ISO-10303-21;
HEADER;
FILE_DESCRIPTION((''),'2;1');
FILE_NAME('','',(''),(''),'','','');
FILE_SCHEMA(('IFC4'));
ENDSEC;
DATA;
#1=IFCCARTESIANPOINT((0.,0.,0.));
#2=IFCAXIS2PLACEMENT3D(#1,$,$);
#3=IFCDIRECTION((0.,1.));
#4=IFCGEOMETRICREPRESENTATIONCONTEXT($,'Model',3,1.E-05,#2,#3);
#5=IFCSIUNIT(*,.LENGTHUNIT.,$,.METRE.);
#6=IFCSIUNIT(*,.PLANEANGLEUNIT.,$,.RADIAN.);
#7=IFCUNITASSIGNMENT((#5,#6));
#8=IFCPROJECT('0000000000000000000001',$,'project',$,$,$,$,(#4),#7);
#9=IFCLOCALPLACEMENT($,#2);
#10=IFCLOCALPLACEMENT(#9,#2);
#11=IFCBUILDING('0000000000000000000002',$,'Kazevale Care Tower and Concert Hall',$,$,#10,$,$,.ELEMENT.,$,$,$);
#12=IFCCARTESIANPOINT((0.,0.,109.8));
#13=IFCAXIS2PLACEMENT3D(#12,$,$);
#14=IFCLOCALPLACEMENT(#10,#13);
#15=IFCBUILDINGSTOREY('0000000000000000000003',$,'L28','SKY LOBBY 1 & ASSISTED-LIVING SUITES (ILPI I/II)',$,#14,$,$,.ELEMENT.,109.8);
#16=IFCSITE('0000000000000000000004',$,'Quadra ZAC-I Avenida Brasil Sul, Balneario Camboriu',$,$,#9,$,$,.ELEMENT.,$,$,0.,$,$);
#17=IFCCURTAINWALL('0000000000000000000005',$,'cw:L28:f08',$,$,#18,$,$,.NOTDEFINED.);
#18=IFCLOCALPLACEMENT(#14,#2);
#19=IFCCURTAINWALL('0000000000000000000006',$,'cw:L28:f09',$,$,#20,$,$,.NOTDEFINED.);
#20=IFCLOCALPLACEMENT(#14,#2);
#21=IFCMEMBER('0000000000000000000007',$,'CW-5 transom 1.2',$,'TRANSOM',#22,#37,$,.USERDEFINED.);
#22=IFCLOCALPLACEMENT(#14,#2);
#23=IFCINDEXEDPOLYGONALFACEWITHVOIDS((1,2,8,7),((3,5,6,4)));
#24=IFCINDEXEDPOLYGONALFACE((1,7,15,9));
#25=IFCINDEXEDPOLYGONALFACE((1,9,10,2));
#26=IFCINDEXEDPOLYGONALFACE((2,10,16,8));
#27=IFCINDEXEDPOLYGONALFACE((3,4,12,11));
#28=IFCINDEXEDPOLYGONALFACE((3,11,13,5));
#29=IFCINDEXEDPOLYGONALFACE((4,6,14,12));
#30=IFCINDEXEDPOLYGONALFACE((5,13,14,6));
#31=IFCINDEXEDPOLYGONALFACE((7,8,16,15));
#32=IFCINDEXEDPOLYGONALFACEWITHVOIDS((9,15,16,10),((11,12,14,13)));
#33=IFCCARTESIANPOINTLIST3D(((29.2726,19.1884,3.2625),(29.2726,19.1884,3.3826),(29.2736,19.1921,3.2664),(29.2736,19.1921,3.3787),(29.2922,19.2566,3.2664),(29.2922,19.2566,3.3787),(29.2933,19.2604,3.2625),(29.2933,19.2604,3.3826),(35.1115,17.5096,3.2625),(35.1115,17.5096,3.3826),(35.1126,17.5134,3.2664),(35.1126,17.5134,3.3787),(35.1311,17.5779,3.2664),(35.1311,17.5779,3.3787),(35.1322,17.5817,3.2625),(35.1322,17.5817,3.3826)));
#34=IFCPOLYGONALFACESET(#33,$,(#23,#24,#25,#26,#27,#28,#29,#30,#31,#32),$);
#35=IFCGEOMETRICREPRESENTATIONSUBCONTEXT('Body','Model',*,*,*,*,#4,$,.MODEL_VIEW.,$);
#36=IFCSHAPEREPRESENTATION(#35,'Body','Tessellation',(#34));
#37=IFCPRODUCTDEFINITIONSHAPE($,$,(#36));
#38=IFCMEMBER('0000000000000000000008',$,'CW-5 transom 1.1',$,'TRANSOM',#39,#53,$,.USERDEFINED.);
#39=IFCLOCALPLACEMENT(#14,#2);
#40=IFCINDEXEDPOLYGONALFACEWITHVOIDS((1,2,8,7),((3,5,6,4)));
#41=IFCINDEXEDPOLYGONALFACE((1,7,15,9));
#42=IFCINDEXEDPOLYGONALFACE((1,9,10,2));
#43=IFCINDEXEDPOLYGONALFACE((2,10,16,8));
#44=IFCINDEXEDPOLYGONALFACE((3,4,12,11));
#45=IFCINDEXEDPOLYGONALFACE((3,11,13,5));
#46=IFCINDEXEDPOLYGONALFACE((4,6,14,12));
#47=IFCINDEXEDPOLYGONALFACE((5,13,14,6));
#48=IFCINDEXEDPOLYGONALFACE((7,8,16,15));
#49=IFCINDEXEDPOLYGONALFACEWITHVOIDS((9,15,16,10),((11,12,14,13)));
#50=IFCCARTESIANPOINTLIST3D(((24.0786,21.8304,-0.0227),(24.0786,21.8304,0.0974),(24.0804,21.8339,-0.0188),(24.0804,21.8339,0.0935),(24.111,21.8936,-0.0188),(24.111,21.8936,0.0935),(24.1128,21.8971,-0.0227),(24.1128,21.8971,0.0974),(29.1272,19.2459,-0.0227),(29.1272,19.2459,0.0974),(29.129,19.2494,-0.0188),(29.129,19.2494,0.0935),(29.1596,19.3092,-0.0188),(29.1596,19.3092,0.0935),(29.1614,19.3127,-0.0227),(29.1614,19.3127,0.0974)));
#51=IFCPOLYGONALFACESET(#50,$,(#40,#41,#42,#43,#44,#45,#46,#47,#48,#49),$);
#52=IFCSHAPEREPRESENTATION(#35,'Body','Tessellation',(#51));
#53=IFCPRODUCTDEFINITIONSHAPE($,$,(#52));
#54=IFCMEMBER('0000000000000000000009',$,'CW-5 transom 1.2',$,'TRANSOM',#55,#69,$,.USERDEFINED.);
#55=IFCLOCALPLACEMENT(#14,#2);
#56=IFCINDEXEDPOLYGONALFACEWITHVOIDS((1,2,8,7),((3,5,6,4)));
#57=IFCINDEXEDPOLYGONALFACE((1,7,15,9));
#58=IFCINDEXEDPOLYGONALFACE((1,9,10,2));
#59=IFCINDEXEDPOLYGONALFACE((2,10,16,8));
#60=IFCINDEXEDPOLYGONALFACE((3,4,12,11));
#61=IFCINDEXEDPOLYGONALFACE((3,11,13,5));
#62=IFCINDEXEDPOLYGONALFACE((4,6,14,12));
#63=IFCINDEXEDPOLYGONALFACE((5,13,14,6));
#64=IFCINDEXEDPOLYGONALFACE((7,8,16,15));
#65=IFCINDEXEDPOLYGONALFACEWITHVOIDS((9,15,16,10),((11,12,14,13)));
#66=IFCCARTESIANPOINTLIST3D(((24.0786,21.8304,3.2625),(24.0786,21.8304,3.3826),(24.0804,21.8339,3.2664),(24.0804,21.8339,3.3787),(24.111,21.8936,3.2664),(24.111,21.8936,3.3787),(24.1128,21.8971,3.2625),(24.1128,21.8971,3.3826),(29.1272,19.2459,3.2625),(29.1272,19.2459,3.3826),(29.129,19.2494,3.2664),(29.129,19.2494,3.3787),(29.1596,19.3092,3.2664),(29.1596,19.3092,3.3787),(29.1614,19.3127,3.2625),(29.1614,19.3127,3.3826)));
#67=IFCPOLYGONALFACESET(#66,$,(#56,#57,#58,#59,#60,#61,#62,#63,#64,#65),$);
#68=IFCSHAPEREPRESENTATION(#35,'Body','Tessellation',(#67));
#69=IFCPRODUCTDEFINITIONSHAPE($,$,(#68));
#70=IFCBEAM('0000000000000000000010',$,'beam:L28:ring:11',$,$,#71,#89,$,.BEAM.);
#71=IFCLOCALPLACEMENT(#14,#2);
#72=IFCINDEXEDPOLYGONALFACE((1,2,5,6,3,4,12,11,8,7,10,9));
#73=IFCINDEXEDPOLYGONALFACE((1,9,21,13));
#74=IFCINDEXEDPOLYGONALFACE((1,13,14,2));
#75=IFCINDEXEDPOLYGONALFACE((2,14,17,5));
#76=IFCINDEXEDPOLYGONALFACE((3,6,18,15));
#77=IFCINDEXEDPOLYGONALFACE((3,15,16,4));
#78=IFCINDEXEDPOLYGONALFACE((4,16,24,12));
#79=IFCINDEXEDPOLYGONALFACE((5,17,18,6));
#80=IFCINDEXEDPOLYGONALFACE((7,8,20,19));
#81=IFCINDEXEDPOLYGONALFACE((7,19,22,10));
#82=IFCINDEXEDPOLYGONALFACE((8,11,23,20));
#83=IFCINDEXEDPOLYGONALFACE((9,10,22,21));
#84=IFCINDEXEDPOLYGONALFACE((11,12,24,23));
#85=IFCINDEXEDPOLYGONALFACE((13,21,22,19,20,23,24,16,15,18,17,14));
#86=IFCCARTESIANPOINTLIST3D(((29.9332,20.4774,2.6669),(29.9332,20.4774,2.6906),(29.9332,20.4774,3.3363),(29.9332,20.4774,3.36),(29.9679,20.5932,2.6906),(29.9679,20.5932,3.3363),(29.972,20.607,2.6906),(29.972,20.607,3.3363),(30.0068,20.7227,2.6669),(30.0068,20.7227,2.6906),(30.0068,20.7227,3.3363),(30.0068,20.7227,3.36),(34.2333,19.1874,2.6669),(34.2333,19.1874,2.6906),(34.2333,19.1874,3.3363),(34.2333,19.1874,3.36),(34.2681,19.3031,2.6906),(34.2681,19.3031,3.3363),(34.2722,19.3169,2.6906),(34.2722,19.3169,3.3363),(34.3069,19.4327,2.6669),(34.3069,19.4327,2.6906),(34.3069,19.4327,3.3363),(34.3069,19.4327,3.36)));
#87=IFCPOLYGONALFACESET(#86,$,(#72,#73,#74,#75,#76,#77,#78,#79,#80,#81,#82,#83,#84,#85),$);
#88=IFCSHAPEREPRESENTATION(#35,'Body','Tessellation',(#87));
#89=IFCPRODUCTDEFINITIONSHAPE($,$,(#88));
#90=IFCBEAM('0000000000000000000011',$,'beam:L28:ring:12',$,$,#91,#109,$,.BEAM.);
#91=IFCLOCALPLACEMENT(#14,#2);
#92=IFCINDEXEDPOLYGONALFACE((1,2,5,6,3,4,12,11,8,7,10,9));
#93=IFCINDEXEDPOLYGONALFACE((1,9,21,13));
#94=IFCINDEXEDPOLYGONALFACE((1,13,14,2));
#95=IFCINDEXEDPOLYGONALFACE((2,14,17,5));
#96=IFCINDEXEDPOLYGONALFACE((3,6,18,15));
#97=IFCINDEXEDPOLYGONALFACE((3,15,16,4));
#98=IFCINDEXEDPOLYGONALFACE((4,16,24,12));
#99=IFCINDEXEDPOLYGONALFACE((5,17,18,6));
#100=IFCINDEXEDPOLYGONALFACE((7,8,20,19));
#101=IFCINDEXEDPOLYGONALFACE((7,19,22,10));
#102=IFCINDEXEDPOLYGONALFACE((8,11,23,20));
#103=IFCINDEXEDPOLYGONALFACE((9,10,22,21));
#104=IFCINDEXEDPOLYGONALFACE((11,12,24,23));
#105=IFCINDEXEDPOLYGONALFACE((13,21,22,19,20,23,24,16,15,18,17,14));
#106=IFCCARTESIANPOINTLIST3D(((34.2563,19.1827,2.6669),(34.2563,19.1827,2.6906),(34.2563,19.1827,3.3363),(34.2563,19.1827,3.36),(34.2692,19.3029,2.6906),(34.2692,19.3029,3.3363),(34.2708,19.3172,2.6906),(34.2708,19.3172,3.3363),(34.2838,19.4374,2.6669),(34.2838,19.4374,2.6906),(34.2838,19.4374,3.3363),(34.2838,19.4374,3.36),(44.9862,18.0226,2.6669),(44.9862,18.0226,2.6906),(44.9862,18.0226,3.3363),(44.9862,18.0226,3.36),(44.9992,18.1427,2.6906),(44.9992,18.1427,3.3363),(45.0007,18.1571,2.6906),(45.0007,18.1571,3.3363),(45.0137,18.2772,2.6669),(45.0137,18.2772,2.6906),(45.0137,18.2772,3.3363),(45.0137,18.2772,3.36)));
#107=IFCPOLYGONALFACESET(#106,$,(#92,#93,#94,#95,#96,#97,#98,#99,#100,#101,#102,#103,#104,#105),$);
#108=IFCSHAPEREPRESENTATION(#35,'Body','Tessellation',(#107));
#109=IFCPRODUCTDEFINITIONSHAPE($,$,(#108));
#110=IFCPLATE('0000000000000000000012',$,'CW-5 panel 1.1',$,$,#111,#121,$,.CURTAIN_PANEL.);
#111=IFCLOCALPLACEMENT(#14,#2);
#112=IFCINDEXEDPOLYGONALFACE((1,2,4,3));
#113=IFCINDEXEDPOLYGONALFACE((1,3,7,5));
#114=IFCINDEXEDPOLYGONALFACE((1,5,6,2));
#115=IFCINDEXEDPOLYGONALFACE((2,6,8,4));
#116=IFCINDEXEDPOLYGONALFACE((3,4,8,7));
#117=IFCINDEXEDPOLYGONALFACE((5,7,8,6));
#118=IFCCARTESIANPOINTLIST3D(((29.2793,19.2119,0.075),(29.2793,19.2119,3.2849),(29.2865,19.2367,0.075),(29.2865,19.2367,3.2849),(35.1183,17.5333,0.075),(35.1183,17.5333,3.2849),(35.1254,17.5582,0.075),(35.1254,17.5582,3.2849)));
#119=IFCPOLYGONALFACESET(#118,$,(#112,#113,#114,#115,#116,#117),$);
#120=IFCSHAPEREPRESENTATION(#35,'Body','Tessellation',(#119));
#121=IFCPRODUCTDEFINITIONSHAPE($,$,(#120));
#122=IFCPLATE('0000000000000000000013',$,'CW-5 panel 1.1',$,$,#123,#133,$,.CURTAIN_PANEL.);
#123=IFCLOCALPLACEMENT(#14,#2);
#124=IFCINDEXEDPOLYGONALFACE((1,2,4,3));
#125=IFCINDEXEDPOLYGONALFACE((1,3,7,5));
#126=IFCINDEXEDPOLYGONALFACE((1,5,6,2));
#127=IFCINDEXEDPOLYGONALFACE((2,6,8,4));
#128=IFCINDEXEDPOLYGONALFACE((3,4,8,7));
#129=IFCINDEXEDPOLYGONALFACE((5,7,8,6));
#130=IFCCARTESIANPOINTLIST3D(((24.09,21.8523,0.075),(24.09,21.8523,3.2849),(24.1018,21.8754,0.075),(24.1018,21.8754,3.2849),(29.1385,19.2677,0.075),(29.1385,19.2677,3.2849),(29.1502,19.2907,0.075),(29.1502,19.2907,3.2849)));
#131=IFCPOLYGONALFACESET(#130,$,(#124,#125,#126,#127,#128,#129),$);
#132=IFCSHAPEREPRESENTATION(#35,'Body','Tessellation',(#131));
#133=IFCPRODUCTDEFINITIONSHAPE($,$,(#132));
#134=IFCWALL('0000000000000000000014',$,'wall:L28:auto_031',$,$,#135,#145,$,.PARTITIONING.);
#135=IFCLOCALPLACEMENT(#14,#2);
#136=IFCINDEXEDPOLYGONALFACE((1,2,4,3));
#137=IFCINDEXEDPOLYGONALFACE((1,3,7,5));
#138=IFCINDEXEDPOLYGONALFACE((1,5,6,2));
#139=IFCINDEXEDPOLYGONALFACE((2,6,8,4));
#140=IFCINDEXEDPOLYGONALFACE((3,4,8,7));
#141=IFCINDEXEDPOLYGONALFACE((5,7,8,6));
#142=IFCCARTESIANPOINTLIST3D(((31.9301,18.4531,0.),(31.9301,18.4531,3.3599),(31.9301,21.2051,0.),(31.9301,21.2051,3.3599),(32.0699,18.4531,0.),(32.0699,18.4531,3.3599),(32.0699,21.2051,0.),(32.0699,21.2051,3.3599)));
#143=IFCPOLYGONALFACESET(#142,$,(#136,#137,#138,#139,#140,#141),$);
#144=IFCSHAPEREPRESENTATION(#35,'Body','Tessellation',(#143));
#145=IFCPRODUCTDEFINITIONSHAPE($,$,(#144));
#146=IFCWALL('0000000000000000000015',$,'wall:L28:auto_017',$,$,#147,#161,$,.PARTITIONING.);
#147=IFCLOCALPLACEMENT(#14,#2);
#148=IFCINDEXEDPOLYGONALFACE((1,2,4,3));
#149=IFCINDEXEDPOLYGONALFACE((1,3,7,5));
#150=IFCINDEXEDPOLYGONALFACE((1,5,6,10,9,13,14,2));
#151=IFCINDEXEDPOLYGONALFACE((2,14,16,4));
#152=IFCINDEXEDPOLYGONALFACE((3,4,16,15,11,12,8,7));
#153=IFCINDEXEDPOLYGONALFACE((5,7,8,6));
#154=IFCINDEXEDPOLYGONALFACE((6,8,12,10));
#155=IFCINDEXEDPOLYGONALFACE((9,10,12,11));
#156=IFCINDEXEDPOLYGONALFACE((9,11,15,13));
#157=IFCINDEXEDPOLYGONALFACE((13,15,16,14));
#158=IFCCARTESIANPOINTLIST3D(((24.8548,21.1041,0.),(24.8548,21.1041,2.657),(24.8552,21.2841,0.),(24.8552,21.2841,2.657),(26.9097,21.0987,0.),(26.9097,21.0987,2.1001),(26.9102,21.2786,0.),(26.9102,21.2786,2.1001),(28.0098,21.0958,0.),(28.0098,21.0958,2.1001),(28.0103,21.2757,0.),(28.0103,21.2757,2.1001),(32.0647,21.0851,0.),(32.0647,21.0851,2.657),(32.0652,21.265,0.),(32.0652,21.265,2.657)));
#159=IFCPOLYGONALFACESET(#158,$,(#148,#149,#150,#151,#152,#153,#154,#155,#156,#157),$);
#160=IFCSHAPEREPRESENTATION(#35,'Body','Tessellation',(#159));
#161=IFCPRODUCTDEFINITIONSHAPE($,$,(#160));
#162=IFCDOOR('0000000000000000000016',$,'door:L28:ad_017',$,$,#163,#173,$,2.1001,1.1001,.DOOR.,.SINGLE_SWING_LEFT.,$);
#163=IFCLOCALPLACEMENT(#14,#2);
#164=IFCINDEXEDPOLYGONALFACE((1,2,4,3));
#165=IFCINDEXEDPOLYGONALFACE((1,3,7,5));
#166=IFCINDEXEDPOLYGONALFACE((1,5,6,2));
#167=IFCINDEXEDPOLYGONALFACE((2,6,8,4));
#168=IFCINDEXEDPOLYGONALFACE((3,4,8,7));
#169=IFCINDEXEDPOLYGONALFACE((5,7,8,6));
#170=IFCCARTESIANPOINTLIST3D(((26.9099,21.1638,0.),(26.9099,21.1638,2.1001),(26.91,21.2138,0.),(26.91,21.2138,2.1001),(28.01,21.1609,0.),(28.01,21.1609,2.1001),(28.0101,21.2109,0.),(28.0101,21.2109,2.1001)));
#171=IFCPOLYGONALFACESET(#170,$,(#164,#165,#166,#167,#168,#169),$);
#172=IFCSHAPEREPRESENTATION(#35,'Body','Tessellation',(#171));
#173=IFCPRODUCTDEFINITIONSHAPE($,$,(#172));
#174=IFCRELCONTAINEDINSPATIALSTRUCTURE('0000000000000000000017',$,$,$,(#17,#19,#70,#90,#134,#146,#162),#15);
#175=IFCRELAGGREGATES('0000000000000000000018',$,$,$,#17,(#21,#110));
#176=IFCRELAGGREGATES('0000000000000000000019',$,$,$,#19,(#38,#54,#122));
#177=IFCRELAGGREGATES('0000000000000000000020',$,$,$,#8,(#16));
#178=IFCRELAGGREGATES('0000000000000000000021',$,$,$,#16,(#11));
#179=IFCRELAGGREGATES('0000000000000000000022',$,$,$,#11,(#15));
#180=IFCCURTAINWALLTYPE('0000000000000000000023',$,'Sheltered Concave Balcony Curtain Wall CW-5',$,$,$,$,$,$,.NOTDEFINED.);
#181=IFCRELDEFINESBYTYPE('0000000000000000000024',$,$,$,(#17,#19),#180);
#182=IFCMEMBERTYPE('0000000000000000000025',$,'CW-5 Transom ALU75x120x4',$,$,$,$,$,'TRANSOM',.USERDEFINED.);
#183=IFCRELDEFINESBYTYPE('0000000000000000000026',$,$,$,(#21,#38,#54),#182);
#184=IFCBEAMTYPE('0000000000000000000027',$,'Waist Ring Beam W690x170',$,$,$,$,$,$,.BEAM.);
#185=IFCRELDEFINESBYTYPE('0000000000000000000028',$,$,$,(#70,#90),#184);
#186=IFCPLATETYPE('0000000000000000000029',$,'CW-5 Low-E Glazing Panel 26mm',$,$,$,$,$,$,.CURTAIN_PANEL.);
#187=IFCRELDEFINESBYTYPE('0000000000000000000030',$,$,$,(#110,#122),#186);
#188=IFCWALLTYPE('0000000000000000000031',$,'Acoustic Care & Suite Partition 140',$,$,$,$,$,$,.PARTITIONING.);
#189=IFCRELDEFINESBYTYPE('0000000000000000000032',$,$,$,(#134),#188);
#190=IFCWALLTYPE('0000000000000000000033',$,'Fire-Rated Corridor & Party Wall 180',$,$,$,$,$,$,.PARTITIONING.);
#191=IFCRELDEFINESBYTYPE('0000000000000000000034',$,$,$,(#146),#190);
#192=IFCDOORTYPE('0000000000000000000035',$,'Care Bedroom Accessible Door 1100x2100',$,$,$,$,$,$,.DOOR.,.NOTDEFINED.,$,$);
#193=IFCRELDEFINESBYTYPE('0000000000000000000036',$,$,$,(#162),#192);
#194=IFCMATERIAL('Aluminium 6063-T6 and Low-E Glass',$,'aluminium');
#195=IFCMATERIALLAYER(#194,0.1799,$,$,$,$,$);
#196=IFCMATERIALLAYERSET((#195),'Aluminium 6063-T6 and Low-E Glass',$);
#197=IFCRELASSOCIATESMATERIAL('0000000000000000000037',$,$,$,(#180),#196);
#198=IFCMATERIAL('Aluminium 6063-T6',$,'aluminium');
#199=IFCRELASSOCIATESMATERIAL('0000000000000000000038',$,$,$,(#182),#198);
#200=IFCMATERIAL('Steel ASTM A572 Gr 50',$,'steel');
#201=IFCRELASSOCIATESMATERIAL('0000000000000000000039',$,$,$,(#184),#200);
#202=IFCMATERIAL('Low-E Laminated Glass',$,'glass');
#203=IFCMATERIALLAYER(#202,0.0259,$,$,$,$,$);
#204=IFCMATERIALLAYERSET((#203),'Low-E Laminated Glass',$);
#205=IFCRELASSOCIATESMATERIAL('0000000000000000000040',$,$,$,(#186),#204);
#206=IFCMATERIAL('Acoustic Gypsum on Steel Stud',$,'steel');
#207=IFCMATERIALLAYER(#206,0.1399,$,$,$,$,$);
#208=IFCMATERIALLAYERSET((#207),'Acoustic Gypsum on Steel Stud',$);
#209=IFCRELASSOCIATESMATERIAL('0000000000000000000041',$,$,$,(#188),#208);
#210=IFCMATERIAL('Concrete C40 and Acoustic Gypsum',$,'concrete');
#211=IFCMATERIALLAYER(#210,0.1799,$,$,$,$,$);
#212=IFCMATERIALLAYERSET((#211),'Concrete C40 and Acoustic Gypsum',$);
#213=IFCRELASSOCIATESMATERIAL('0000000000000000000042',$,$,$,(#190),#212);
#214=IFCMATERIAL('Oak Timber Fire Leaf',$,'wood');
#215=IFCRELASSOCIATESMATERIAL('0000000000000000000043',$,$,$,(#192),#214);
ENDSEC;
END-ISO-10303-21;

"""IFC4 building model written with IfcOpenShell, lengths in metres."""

from ifc_helpers import new_model, si_unit, direction, frame, frame_2d, origin, origin_2d, place, context, subcontext, project, spatial, rectangle, hollow_rectangle, i_section, extrude, material, layer, layer_set, material_profile, profile_set, type_object, element, fill, aggregate, save


model = new_model("IFC4")

# Units and contexts
model_context = context("Model", 3, precision=1e-05, world=origin(), true_north=direction((0.0, 1.0)))
body_context = subcontext(model_context, "Body", "Model", "MODEL_VIEW")
ifc_project = project(units=[si_unit("LENGTHUNIT", "METRE"), si_unit("PLANEANGLEUNIT", "RADIAN")], contexts=[model_context])

# Site, building, storey
site_placement = place(None, origin())
site = spatial("IfcSite", under=ifc_project, at=site_placement, Name="Quadra ZAC-I Avenida Brasil Sul, Balneario Camboriu", CompositionType="ELEMENT", RefElevation=0.0)
building_placement = place(site_placement, origin())
building = spatial("IfcBuilding", under=site, at=building_placement, Name="Kazevale Care Tower and Concert Hall", CompositionType="ELEMENT")
storey_placement = place(building_placement, frame((0.0, 0.0, 109.8)))
storey = spatial("IfcBuildingStorey", under=building, at=storey_placement, Name="L28", Description="SKY LOBBY 1 & ASSISTED-LIVING SUITES (ILPI I/II)", CompositionType="ELEMENT", Elevation=109.8)

# Shared definitions
ifc_material_1 = material(Name="Aluminium 6063-T6 and Low-E Glass", Category="aluminium")
ifc_layer_1 = layer(ifc_material_1, 0.1799)
ifc_layer_set_1 = layer_set([ifc_layer_1], Name="Aluminium 6063-T6 and Low-E Glass")
curtain_wall_type = type_object("IfcCurtainWallType", Name="Sheltered Concave Balcony Curtain Wall CW-5", PredefinedType="NOTDEFINED", material=ifc_layer_set_1)
ifc_material_2 = material(Name="Aluminium 6063-T6", Category="aluminium")

# Curtain wall
curtain_wall_1_placement = place(storey_placement, origin())
curtain_wall_1 = element("IfcCurtainWall", 1, at=curtain_wall_1_placement, inside=storey, type_object=curtain_wall_type, Name="cw:L28:f08", PredefinedType="NOTDEFINED")

# Curtain wall
curtain_wall_2_placement = place(storey_placement, origin())
curtain_wall_2 = element("IfcCurtainWall", 2, at=curtain_wall_2_placement, inside=storey, type_object=curtain_wall_type, Name="cw:L28:f09", PredefinedType="NOTDEFINED")

# Members
ifc_material_profile_1 = material_profile(ifc_material_2, hollow_rectangle(XDim=0.075, YDim=0.1201, WallThickness=0.0039, at=origin_2d()), Name="ALU75x120x4")
ifc_profile_set_1 = profile_set([ifc_material_profile_1], Name="Aluminium 6063-T6")
member_type_1 = type_object("IfcMemberType", Name="CW-5 Transom ALU75x120x4", ElementType="TRANSOM", PredefinedType="USERDEFINED", material=ifc_profile_set_1)
member_1_placement = place(storey_placement, frame((35.1218, 17.5457, 3.3225), z_axis=(-0.961068, 0.276313, 0.0), x_axis=(-0.276313, -0.961068, 0.0)))
member_1 = element("IfcMember", 3, at=member_1_placement, type_object=member_type_1, Name="CW-5 transom 1.2", ObjectType="TRANSOM", PredefinedType="USERDEFINED", context=body_context, shape_type="SweptSolid", body=[
    extrude(hollow_rectangle(XDim=0.075, YDim=0.1201, WallThickness=0.0039, at=origin_2d()), origin(), (0.0, 0.0, 1.0), 6.0754),
])
member_2_placement = place(storey_placement, frame((29.1443, 19.2793, 0.0374), z_axis=(-0.890143, 0.455682, 0.0), x_axis=(-0.455682, -0.890143, 0.0)))
member_2 = element("IfcMember", 4, at=member_2_placement, type_object=member_type_1, Name="CW-5 transom 1.1", ObjectType="TRANSOM", PredefinedType="USERDEFINED", context=body_context, shape_type="SweptSolid", body=[
    extrude(hollow_rectangle(XDim=0.075, YDim=0.1201, WallThickness=0.0039, at=origin_2d()), origin(), (0.0, 0.0, 1.0), 5.6716),
])
member_3_placement = place(storey_placement, frame((29.1443, 19.2793, 3.3225), z_axis=(-0.890143, 0.455682, 0.0), x_axis=(-0.455682, -0.890143, 0.0)))
member_3 = element("IfcMember", 5, at=member_3_placement, type_object=member_type_1, Name="CW-5 transom 1.2", ObjectType="TRANSOM", PredefinedType="USERDEFINED", context=body_context, shape_type="SweptSolid", body=[
    extrude(hollow_rectangle(XDim=0.075, YDim=0.1201, WallThickness=0.0039, at=origin_2d()), origin(), (0.0, 0.0, 1.0), 5.6716),
])

# Beams
ifc_material_3 = material(Name="Steel ASTM A572 Gr 50", Category="steel")
ifc_material_profile_2 = material_profile(ifc_material_3, i_section(OverallWidth=0.2561, OverallDepth=0.6931, WebThickness=0.0144, FlangeThickness=0.0237, at=origin_2d()), Name="W690x170")
ifc_profile_set_2 = profile_set([ifc_material_profile_2], Name="Steel ASTM A572 Gr 50")
beam_type = type_object("IfcBeamType", Name="Waist Ring Beam W690x170", PredefinedType="BEAM", material=ifc_profile_set_2)
beam_1_placement = place(storey_placement, frame((29.97, 20.6001, 3.0134), z_axis=(0.957825, -0.287353, 0.0), x_axis=(0.287353, 0.957825, 0.0)))
element("IfcBeam", 6, at=beam_1_placement, inside=storey, type_object=beam_type, Name="beam:L28:ring:11", PredefinedType="BEAM", context=body_context, shape_type="SweptSolid", body=[
    extrude(i_section(OverallWidth=0.2561, OverallDepth=0.6931, WebThickness=0.0144, FlangeThickness=0.0237, at=origin_2d()), origin(), (0.0, 0.0, 1.0), 4.4895),
])
beam_2_placement = place(storey_placement, frame((34.27, 19.3101, 3.0134), z_axis=(0.994205, -0.107496, 0.0), x_axis=(0.107496, 0.994205, 0.0)))
element("IfcBeam", 7, at=beam_2_placement, inside=storey, type_object=beam_type, Name="beam:L28:ring:12", PredefinedType="BEAM", context=body_context, shape_type="SweptSolid", body=[
    extrude(i_section(OverallWidth=0.2561, OverallDepth=0.6931, WebThickness=0.0144, FlangeThickness=0.0237, at=origin_2d()), origin(), (0.0, 0.0, 1.0), 10.7925),
])

# Plates
ifc_material_4 = material(Name="Low-E Laminated Glass", Category="glass")
ifc_layer_2 = layer(ifc_material_4, 0.0259)
ifc_layer_set_2 = layer_set([ifc_layer_2], Name="Low-E Laminated Glass")
plate_type = type_object("IfcPlateType", Name="CW-5 Low-E Glazing Panel 26mm", PredefinedType="CURTAIN_PANEL", material=ifc_layer_set_2)
plate_1_placement = place(storey_placement, frame((32.2024, 18.385, 0.075), z_axis=(0.0, 0.0, 1.0), x_axis=(-0.961074, 0.276291, 0.0)))
plate_1 = element("IfcPlate", 8, at=plate_1_placement, type_object=plate_type, Name="CW-5 panel 1.1", PredefinedType="CURTAIN_PANEL", context=body_context, shape_type="SweptSolid", body=[
    extrude(rectangle(XDim=6.0754, YDim=0.0259, at=origin_2d()), origin(), (0.0, 0.0, 1.0), 3.21),
])
aggregate(curtain_wall_1, [member_1, plate_1])
plate_2_placement = place(storey_placement, frame((26.6201, 20.5715, 0.075), z_axis=(0.0, 0.0, 1.0), x_axis=(-0.890127, 0.455713, 0.0)))
plate_2 = element("IfcPlate", 9, at=plate_2_placement, type_object=plate_type, Name="CW-5 panel 1.1", PredefinedType="CURTAIN_PANEL", context=body_context, shape_type="SweptSolid", body=[
    extrude(rectangle(XDim=5.6716, YDim=0.0259, at=origin_2d()), origin(), (0.0, 0.0, 1.0), 3.21),
])
aggregate(curtain_wall_2, [member_2, member_3, plate_2])

# Wall
ifc_material_5 = material(Name="Acoustic Gypsum on Steel Stud", Category="steel")
ifc_layer_3 = layer(ifc_material_5, 0.1399)
ifc_layer_set_3 = layer_set([ifc_layer_3], Name="Acoustic Gypsum on Steel Stud")
wall_type_1 = type_object("IfcWallType", Name="Acoustic Care & Suite Partition 140", PredefinedType="PARTITIONING", material=ifc_layer_set_3)
wall_1_placement = place(storey_placement, frame((32.0, 21.2051, 0.0), z_axis=(0.0, 0.0, 1.0), x_axis=(0.0, -1.0, 0.0)))
element("IfcWall", 10, at=wall_1_placement, inside=storey, type_object=wall_type_1, Name="wall:L28:auto_031", PredefinedType="PARTITIONING", context=body_context, shape_type="SweptSolid", body=[
    extrude(rectangle(XDim=2.752, YDim=0.1399, at=frame_2d((1.376, 0.0))), origin(), (0.0, 0.0, 1.0), 3.3599),
])

# Wall, opening, door
ifc_material_6 = material(Name="Concrete C40 and Acoustic Gypsum", Category="concrete")
ifc_layer_4 = layer(ifc_material_6, 0.1799)
ifc_layer_set_4 = layer_set([ifc_layer_4], Name="Concrete C40 and Acoustic Gypsum")
wall_type_2 = type_object("IfcWallType", Name="Fire-Rated Corridor & Party Wall 180", PredefinedType="PARTITIONING", material=ifc_layer_set_4)
wall_2_placement = place(storey_placement, frame((32.0649, 21.175, 0.0), z_axis=(0.0, 0.0, 1.0), x_axis=(-0.999997, 0.002641, 0.0)))
wall_2 = element("IfcWall", 11, at=wall_2_placement, inside=storey, type_object=wall_type_2, Name="wall:L28:auto_017", PredefinedType="PARTITIONING", context=body_context, shape_type="SweptSolid", body=[
    extrude(rectangle(XDim=7.21, YDim=0.1799, at=frame_2d((3.605, 0.0))), origin(), (0.0, 0.0, 1.0), 2.657),
])
opening_placement = place(wall_2_placement, frame((4.0549, 0.0, 0.0)))
opening = element("IfcOpeningElement", 12, at=opening_placement, cuts=wall_2, PredefinedType="OPENING", context=body_context, shape_type="SweptSolid", body=[
    extrude(rectangle(XDim=1.1001, YDim=2.1001, at=frame_2d((0.55, 1.05))), frame((0.0, 0.0999, 0.0), z_axis=(0.0, -1.0, 0.0), x_axis=(1.0, 0.0, 0.0)), (0.0, 0.0, 1.0), 0.2),
])
ifc_material_7 = material(Name="Oak Timber Fire Leaf", Category="wood")
door_type = type_object("IfcDoorType", Name="Care Bedroom Accessible Door 1100x2100", OperationType="NOTDEFINED", PredefinedType="DOOR", material=ifc_material_7)
door_placement = place(opening_placement, origin())
door = element("IfcDoor", 13, at=door_placement, inside=storey, type_object=door_type, Name="door:L28:ad_017", OperationType="SINGLE_SWING_LEFT", OverallHeight=2.1001, OverallWidth=1.1001, PredefinedType="DOOR", context=body_context, shape_type="SweptSolid", body=[
    extrude(rectangle(XDim=1.1001, YDim=2.1001, at=frame_2d((0.55, 1.05))), frame((0.0, 0.0249, 0.0), z_axis=(0.0, -1.0, 0.0), x_axis=(1.0, 0.0, 0.0)), (0.0, 0.0, 1.0), 0.05),
])
fill(opening, door)

save(model, "model.ifc")
